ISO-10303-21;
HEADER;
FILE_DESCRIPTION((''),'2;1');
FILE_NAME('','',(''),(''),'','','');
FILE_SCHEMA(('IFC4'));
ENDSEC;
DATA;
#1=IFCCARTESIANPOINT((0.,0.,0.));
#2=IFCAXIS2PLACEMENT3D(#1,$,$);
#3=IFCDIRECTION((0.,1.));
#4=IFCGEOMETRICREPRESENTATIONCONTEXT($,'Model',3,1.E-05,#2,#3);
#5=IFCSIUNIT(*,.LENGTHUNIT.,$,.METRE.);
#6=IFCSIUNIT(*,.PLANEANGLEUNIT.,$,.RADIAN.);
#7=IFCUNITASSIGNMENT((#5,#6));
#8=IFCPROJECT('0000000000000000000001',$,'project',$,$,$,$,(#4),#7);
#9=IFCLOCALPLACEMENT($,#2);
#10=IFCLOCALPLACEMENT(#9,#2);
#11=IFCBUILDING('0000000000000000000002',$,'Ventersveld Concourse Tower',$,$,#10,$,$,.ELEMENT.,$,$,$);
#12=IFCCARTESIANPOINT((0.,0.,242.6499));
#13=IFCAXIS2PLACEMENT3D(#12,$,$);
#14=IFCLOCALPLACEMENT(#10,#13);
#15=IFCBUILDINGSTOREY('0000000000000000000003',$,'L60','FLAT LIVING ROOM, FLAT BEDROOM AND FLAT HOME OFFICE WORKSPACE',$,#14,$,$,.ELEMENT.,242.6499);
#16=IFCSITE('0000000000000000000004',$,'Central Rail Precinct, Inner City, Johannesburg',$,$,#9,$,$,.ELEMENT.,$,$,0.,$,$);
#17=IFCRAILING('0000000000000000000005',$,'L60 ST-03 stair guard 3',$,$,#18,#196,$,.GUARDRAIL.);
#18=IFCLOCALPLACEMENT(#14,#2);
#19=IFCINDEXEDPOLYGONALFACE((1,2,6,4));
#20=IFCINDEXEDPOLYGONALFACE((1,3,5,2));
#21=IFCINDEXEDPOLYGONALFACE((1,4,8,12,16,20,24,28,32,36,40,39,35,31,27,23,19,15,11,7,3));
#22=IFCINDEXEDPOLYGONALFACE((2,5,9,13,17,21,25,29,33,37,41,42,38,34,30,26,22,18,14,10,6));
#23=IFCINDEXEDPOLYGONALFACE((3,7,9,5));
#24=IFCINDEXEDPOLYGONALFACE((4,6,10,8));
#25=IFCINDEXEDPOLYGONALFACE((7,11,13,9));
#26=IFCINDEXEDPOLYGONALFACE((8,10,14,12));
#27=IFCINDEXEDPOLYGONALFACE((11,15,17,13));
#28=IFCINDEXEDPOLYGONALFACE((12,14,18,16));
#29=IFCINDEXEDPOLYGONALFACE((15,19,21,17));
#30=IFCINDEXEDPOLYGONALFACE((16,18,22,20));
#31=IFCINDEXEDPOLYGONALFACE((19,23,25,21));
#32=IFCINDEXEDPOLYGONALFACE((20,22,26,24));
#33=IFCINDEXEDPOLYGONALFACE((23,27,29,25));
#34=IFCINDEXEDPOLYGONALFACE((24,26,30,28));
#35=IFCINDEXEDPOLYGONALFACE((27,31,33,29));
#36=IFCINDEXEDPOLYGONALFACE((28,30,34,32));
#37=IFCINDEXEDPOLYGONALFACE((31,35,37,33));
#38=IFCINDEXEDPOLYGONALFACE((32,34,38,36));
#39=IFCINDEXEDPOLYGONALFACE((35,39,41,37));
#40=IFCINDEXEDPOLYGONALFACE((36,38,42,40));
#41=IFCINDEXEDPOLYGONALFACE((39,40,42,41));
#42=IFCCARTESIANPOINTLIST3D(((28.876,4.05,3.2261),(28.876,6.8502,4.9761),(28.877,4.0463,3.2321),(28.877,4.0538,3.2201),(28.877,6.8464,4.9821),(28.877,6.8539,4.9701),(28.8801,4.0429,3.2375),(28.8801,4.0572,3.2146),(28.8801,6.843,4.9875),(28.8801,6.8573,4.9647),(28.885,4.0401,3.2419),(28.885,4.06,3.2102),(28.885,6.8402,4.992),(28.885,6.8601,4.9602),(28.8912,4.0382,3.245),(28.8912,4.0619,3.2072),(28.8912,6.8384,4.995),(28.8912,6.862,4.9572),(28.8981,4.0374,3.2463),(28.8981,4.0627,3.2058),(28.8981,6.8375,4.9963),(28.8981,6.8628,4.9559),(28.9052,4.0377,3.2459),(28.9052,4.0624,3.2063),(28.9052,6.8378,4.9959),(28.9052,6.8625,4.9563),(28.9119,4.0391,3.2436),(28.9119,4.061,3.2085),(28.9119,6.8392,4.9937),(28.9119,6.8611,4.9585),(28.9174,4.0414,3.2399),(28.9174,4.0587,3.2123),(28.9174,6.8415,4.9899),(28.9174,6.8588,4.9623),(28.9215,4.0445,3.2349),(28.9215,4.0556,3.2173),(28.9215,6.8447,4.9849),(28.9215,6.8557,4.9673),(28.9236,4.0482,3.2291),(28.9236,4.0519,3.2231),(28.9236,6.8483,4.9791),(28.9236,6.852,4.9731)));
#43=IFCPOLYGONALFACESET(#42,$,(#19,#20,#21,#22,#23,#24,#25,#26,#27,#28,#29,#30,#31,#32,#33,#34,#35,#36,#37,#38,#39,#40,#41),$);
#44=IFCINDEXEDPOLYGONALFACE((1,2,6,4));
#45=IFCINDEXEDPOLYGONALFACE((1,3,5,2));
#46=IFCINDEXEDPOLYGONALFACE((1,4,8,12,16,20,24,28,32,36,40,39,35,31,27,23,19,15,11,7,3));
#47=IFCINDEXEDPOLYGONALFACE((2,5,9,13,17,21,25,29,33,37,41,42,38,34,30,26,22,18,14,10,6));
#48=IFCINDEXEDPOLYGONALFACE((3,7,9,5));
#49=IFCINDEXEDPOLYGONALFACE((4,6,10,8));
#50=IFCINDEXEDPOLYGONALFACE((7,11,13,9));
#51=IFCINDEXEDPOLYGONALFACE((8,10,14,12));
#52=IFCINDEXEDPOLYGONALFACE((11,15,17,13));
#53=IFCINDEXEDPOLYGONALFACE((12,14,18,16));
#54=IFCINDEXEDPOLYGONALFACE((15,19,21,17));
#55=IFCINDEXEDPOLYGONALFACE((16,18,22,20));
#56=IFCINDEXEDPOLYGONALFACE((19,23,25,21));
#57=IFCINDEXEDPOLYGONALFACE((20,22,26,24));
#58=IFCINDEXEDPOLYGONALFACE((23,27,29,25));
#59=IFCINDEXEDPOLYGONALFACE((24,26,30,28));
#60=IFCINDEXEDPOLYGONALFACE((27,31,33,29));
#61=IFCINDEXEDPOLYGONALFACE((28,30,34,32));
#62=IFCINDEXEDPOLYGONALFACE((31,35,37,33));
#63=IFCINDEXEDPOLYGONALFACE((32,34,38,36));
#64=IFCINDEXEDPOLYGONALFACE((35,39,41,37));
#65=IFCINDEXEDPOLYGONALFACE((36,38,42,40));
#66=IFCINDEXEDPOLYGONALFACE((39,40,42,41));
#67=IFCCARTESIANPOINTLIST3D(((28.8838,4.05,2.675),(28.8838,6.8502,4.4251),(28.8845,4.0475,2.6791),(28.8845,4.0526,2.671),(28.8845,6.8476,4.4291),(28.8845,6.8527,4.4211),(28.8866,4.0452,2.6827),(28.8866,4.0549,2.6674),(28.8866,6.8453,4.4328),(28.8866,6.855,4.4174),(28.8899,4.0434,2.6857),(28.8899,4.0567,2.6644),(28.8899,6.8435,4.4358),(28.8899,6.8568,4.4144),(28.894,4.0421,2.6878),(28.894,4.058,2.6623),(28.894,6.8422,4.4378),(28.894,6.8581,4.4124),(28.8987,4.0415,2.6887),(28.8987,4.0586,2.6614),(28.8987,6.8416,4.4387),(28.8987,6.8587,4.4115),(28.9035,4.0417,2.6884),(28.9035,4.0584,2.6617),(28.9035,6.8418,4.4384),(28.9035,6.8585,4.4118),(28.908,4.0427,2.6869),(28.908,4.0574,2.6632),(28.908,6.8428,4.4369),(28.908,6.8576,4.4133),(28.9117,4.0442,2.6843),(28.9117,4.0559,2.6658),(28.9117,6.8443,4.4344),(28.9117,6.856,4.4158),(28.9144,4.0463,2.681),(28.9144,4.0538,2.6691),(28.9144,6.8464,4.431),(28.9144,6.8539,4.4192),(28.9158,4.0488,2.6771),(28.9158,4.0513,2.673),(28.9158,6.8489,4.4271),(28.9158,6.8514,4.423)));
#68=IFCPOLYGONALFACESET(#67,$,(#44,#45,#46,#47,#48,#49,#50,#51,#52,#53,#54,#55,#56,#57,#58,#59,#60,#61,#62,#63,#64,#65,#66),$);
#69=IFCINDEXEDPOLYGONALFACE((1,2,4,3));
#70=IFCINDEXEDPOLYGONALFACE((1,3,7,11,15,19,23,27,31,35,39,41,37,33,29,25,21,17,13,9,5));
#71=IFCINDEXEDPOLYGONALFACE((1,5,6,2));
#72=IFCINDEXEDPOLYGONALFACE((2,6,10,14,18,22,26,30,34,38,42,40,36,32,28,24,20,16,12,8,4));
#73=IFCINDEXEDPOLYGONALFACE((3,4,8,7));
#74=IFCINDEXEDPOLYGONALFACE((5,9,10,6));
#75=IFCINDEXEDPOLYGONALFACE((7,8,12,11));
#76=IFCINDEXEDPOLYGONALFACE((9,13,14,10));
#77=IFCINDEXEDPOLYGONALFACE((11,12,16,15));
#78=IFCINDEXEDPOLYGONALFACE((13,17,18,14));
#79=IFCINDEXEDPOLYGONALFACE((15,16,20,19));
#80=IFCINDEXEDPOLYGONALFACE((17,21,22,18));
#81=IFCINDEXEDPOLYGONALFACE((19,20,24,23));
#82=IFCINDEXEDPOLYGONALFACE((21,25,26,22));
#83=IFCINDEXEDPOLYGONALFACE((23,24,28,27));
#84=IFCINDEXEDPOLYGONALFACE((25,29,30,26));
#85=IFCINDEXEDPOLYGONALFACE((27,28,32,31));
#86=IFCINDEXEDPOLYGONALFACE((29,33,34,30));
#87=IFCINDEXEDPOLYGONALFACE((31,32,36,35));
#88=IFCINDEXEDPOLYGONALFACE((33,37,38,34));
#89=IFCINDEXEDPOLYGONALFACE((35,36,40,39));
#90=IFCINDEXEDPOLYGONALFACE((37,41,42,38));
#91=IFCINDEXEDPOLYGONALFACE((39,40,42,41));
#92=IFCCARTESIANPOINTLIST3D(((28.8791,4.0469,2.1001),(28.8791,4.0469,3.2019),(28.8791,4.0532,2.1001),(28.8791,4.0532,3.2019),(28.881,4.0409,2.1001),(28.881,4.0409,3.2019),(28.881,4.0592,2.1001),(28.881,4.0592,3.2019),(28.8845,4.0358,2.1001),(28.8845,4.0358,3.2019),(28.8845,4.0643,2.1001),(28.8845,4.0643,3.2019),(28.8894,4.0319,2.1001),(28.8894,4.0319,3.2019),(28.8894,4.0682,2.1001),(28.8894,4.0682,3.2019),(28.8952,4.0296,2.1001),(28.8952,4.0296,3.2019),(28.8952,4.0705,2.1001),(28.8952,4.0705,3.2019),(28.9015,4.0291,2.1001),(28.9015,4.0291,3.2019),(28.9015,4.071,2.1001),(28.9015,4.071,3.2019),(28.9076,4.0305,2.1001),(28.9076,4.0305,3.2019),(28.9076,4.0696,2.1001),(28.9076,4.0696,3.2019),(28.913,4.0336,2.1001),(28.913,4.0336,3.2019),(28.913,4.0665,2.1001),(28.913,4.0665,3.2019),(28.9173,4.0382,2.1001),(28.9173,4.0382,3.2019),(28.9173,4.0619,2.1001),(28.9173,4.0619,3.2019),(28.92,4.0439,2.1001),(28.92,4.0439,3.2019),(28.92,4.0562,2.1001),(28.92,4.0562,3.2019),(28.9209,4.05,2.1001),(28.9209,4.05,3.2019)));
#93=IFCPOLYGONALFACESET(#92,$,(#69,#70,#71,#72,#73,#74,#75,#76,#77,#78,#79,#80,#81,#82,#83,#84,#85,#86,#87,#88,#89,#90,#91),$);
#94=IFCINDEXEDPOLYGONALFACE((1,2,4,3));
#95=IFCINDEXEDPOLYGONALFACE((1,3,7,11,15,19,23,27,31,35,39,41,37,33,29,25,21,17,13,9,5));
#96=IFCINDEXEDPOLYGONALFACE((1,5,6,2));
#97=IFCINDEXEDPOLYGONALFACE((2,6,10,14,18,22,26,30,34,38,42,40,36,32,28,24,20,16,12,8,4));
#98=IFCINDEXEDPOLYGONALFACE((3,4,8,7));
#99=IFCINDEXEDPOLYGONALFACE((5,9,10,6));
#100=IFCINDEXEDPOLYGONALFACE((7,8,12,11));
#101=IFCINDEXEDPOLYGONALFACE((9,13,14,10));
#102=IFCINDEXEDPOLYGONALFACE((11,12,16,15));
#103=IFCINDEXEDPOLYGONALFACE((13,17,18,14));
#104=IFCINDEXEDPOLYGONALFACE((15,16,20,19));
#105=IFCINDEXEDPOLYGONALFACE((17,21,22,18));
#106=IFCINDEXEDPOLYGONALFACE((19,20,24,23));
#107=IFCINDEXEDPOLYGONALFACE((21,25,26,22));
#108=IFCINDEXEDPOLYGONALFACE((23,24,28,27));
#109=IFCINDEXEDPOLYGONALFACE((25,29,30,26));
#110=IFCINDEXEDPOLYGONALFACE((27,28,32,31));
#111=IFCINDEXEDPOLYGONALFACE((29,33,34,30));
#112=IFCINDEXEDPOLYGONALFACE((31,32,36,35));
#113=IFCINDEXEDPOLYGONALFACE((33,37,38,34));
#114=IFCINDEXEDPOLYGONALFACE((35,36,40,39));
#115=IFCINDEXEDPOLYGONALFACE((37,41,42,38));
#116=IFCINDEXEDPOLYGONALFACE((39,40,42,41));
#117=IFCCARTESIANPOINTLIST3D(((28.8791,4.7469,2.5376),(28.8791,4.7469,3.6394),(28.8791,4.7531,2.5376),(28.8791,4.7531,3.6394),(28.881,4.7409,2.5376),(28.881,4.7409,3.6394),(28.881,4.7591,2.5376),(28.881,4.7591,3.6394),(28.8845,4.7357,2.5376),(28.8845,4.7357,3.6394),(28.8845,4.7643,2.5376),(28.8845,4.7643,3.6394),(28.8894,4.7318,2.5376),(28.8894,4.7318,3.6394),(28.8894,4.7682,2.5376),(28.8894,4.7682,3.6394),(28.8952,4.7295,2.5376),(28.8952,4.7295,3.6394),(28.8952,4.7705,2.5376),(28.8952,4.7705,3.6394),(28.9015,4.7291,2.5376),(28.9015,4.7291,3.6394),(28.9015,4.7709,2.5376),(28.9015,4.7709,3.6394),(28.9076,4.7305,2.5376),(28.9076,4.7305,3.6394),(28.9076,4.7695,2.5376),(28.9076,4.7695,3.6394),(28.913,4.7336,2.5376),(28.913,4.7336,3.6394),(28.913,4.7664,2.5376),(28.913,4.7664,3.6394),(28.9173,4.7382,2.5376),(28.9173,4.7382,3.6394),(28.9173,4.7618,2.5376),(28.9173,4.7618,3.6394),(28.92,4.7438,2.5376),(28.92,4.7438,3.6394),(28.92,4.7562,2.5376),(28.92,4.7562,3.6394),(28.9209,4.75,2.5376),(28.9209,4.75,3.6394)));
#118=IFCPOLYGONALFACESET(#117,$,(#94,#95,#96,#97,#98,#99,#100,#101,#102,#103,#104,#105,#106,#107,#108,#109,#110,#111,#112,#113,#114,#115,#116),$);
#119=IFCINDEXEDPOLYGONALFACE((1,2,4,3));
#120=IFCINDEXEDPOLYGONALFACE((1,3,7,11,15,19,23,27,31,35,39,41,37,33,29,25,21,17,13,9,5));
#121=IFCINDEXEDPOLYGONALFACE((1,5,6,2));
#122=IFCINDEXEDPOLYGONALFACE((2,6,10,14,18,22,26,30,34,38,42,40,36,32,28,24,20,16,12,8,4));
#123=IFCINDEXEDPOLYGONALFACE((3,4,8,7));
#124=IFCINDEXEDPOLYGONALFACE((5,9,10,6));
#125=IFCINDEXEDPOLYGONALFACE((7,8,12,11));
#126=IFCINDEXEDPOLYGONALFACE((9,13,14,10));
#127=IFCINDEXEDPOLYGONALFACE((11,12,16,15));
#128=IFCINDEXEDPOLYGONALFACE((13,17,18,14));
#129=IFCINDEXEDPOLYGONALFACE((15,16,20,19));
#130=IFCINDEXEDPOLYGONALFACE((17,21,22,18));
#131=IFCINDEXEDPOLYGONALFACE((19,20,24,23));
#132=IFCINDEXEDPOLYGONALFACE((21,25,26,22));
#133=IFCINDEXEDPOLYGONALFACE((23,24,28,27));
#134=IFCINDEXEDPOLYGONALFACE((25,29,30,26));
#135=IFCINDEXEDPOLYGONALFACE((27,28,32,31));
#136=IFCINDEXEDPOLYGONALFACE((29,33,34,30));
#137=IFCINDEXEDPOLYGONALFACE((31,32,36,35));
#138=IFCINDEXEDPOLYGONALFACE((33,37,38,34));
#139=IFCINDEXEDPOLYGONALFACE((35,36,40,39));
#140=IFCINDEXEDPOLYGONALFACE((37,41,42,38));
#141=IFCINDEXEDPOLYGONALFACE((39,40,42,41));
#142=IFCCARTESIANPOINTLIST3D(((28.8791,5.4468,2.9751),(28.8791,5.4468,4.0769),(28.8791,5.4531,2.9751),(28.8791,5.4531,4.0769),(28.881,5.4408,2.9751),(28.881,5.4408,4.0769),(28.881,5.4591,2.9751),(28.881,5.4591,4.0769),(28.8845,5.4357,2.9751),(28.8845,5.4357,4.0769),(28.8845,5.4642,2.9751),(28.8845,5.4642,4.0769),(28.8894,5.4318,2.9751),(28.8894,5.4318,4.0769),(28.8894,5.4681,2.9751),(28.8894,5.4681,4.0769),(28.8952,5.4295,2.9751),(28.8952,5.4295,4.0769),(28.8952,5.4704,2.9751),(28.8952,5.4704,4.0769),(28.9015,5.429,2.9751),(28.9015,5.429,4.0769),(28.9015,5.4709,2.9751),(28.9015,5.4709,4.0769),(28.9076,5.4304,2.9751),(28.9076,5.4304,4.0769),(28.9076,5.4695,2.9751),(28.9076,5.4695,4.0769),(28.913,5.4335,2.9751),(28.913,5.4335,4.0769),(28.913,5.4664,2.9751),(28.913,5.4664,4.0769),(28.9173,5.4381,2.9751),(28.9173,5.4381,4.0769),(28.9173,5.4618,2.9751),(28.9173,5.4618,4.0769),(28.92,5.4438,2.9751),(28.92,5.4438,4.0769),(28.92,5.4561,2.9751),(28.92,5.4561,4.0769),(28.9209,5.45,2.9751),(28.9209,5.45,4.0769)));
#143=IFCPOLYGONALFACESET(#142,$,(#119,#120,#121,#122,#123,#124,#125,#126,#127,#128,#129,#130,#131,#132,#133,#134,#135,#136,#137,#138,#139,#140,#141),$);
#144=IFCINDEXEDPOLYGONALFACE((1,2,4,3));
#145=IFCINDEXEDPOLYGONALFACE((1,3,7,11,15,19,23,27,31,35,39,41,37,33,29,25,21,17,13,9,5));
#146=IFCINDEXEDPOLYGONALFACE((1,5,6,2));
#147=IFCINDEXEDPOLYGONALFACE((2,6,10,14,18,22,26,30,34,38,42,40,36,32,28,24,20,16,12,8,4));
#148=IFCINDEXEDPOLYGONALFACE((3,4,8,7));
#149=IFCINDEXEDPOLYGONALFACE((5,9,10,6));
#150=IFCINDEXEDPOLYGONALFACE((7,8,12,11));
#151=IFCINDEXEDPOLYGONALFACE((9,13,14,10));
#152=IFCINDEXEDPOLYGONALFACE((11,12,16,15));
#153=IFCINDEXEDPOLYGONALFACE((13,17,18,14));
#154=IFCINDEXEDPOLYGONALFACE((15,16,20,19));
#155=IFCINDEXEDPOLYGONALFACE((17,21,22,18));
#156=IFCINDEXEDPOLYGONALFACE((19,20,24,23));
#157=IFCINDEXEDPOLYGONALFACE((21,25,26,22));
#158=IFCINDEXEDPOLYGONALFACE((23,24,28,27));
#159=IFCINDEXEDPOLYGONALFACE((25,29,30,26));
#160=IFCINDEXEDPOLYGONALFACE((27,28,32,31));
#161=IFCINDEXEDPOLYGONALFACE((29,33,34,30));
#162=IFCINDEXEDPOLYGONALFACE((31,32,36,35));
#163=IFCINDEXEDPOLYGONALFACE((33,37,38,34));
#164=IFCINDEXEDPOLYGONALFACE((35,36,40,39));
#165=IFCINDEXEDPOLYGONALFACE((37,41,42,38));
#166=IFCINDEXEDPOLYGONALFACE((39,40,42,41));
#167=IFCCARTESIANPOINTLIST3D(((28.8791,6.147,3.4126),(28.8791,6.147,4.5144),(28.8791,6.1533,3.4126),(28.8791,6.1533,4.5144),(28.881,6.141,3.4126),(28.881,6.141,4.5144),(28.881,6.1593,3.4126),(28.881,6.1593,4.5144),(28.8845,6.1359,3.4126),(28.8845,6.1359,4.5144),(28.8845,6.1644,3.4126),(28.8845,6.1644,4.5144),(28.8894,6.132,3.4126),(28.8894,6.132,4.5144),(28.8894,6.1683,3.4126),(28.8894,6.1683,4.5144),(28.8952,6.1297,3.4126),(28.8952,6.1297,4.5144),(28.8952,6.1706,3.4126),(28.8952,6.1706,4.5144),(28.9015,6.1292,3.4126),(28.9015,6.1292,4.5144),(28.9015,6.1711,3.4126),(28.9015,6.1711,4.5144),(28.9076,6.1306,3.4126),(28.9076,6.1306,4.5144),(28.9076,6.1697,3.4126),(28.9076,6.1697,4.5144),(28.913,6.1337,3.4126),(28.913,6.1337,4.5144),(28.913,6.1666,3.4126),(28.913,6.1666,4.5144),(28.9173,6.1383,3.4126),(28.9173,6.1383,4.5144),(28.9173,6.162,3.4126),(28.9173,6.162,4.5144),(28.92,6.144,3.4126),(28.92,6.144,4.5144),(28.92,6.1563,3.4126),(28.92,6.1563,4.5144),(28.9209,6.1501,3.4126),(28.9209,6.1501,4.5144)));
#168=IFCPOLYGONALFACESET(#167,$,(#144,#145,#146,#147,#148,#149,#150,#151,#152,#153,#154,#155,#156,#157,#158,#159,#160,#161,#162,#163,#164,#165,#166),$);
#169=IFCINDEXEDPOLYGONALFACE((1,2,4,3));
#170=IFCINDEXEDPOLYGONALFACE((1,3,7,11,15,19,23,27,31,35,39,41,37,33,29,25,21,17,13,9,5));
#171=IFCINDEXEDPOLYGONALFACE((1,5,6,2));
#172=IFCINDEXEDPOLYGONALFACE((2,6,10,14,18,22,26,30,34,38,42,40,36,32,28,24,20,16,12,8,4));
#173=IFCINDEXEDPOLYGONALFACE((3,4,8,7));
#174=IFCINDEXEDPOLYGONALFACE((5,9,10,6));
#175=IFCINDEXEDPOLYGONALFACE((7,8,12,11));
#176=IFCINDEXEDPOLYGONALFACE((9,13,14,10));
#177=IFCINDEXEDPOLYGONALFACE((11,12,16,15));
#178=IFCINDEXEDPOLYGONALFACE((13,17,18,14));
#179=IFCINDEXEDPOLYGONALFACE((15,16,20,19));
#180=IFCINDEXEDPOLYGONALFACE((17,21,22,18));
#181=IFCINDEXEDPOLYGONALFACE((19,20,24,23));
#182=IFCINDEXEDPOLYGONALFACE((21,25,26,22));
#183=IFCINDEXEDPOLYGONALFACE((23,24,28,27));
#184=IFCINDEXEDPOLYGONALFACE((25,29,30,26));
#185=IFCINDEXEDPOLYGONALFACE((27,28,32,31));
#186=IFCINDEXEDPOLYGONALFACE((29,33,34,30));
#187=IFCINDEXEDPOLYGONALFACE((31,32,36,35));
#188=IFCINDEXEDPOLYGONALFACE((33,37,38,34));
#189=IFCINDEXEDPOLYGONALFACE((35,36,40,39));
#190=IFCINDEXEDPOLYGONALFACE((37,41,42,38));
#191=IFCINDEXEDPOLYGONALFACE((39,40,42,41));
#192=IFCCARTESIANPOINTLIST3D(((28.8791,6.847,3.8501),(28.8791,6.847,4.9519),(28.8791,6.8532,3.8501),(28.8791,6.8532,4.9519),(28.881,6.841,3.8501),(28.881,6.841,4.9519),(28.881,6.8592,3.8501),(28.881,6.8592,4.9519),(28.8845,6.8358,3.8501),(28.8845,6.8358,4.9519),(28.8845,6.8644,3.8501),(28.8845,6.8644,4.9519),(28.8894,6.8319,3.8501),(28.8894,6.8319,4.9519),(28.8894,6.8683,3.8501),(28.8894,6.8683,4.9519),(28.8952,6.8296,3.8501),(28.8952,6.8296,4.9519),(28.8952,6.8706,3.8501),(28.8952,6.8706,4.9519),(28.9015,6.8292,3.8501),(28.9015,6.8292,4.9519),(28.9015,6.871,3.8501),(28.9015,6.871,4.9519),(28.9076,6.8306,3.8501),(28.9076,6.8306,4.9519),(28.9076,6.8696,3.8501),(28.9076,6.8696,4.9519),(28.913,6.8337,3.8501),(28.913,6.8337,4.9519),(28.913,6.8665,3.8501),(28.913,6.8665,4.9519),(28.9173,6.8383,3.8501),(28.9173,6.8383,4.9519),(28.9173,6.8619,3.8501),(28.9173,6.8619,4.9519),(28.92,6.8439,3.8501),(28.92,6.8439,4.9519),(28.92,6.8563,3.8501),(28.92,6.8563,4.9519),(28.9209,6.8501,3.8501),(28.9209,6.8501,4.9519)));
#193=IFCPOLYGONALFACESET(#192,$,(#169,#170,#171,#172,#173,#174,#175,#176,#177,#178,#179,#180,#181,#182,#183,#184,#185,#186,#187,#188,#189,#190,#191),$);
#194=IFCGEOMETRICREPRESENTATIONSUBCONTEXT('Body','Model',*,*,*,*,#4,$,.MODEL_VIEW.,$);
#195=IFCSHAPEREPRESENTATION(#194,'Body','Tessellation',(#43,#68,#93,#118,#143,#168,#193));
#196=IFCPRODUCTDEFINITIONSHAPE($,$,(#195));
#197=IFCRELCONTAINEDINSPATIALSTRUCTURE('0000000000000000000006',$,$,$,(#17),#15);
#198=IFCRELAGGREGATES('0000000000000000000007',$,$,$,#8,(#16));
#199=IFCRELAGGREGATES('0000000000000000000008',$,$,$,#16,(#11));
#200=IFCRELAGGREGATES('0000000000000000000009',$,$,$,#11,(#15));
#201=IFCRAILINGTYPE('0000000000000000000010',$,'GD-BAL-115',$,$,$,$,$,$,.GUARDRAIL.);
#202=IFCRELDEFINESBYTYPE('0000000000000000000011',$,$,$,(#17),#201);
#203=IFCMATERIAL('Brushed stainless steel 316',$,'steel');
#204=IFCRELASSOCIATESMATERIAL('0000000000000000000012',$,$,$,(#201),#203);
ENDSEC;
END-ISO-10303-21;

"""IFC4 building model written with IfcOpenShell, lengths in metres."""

from ifc_helpers import new_model, si_unit, direction, frame, origin, origin_2d, place, context, subcontext, project, spatial, circle, extrude, material, type_object, element, save


model = new_model("IFC4")

# Units and contexts
model_context = context("Model", 3, precision=1e-05, world=origin(), true_north=direction((0.0, 1.0)))
body_context = subcontext(model_context, "Body", "Model", "MODEL_VIEW")
ifc_project = project(units=[si_unit("LENGTHUNIT", "METRE"), si_unit("PLANEANGLEUNIT", "RADIAN")], contexts=[model_context])

# Site, building, storey
site_placement = place(None, origin())
site = spatial("IfcSite", under=ifc_project, at=site_placement, Name="Central Rail Precinct, Inner City, Johannesburg", CompositionType="ELEMENT", RefElevation=0.0)
building_placement = place(site_placement, origin())
building = spatial("IfcBuilding", under=site, at=building_placement, Name="Ventersveld Concourse Tower", CompositionType="ELEMENT")
storey_placement = place(building_placement, frame((0.0, 0.0, 242.6499)))
storey = spatial("IfcBuildingStorey", under=building, at=storey_placement, Name="L60", Description="FLAT LIVING ROOM, FLAT BEDROOM AND FLAT HOME OFFICE WORKSPACE", CompositionType="ELEMENT", Elevation=242.6499)

# Shared definitions
ifc_material_1 = material(Name="Brushed stainless steel 316", Category="steel")

# Railing
railing_type = type_object("IfcRailingType", Name="GD-BAL-115", PredefinedType="GUARDRAIL", material=ifc_material_1)
railing_1_placement = place(storey_placement, frame((28.8999, 4.05, 2.1001)))
element("IfcRailing", 1, at=railing_1_placement, inside=storey, type_object=railing_type, Name="L60 ST-03 stair guard 3", PredefinedType="GUARDRAIL", context=body_context, shape_type="SweptSolid", body=[
    extrude(circle(Radius=0.0239, at=origin_2d()), frame((0.0, 0.0, 1.126), z_axis=(0.0, 0.848002, 0.529992), x_axis=(-1.0, 0.0, 0.0)), (0.0, 0.0, 1.0), 3.302),
    extrude(circle(Radius=0.0161, at=origin_2d()), frame((0.0, 0.0, 0.575), z_axis=(0.0, 0.848002, 0.529992), x_axis=(-1.0, 0.0, 0.0)), (0.0, 0.0, 1.0), 3.302),
    extrude(circle(Radius=0.021, at=origin_2d()), origin(), (0.0, 0.0, 1.0), 1.1018),
    extrude(circle(Radius=0.021, at=origin_2d()), frame((0.0, 0.7, 0.4375)), (0.0, 0.0, 1.0), 1.1018),
    extrude(circle(Radius=0.021, at=origin_2d()), frame((0.0, 1.3999, 0.875)), (0.0, 0.0, 1.0), 1.1018),
    extrude(circle(Radius=0.021, at=origin_2d()), frame((0.0, 2.1001, 1.3125)), (0.0, 0.0, 1.0), 1.1018),
    extrude(circle(Radius=0.021, at=origin_2d()), frame((0.0, 2.8, 1.75)), (0.0, 0.0, 1.0), 1.1018),
])

save(model, "model.ifc")
